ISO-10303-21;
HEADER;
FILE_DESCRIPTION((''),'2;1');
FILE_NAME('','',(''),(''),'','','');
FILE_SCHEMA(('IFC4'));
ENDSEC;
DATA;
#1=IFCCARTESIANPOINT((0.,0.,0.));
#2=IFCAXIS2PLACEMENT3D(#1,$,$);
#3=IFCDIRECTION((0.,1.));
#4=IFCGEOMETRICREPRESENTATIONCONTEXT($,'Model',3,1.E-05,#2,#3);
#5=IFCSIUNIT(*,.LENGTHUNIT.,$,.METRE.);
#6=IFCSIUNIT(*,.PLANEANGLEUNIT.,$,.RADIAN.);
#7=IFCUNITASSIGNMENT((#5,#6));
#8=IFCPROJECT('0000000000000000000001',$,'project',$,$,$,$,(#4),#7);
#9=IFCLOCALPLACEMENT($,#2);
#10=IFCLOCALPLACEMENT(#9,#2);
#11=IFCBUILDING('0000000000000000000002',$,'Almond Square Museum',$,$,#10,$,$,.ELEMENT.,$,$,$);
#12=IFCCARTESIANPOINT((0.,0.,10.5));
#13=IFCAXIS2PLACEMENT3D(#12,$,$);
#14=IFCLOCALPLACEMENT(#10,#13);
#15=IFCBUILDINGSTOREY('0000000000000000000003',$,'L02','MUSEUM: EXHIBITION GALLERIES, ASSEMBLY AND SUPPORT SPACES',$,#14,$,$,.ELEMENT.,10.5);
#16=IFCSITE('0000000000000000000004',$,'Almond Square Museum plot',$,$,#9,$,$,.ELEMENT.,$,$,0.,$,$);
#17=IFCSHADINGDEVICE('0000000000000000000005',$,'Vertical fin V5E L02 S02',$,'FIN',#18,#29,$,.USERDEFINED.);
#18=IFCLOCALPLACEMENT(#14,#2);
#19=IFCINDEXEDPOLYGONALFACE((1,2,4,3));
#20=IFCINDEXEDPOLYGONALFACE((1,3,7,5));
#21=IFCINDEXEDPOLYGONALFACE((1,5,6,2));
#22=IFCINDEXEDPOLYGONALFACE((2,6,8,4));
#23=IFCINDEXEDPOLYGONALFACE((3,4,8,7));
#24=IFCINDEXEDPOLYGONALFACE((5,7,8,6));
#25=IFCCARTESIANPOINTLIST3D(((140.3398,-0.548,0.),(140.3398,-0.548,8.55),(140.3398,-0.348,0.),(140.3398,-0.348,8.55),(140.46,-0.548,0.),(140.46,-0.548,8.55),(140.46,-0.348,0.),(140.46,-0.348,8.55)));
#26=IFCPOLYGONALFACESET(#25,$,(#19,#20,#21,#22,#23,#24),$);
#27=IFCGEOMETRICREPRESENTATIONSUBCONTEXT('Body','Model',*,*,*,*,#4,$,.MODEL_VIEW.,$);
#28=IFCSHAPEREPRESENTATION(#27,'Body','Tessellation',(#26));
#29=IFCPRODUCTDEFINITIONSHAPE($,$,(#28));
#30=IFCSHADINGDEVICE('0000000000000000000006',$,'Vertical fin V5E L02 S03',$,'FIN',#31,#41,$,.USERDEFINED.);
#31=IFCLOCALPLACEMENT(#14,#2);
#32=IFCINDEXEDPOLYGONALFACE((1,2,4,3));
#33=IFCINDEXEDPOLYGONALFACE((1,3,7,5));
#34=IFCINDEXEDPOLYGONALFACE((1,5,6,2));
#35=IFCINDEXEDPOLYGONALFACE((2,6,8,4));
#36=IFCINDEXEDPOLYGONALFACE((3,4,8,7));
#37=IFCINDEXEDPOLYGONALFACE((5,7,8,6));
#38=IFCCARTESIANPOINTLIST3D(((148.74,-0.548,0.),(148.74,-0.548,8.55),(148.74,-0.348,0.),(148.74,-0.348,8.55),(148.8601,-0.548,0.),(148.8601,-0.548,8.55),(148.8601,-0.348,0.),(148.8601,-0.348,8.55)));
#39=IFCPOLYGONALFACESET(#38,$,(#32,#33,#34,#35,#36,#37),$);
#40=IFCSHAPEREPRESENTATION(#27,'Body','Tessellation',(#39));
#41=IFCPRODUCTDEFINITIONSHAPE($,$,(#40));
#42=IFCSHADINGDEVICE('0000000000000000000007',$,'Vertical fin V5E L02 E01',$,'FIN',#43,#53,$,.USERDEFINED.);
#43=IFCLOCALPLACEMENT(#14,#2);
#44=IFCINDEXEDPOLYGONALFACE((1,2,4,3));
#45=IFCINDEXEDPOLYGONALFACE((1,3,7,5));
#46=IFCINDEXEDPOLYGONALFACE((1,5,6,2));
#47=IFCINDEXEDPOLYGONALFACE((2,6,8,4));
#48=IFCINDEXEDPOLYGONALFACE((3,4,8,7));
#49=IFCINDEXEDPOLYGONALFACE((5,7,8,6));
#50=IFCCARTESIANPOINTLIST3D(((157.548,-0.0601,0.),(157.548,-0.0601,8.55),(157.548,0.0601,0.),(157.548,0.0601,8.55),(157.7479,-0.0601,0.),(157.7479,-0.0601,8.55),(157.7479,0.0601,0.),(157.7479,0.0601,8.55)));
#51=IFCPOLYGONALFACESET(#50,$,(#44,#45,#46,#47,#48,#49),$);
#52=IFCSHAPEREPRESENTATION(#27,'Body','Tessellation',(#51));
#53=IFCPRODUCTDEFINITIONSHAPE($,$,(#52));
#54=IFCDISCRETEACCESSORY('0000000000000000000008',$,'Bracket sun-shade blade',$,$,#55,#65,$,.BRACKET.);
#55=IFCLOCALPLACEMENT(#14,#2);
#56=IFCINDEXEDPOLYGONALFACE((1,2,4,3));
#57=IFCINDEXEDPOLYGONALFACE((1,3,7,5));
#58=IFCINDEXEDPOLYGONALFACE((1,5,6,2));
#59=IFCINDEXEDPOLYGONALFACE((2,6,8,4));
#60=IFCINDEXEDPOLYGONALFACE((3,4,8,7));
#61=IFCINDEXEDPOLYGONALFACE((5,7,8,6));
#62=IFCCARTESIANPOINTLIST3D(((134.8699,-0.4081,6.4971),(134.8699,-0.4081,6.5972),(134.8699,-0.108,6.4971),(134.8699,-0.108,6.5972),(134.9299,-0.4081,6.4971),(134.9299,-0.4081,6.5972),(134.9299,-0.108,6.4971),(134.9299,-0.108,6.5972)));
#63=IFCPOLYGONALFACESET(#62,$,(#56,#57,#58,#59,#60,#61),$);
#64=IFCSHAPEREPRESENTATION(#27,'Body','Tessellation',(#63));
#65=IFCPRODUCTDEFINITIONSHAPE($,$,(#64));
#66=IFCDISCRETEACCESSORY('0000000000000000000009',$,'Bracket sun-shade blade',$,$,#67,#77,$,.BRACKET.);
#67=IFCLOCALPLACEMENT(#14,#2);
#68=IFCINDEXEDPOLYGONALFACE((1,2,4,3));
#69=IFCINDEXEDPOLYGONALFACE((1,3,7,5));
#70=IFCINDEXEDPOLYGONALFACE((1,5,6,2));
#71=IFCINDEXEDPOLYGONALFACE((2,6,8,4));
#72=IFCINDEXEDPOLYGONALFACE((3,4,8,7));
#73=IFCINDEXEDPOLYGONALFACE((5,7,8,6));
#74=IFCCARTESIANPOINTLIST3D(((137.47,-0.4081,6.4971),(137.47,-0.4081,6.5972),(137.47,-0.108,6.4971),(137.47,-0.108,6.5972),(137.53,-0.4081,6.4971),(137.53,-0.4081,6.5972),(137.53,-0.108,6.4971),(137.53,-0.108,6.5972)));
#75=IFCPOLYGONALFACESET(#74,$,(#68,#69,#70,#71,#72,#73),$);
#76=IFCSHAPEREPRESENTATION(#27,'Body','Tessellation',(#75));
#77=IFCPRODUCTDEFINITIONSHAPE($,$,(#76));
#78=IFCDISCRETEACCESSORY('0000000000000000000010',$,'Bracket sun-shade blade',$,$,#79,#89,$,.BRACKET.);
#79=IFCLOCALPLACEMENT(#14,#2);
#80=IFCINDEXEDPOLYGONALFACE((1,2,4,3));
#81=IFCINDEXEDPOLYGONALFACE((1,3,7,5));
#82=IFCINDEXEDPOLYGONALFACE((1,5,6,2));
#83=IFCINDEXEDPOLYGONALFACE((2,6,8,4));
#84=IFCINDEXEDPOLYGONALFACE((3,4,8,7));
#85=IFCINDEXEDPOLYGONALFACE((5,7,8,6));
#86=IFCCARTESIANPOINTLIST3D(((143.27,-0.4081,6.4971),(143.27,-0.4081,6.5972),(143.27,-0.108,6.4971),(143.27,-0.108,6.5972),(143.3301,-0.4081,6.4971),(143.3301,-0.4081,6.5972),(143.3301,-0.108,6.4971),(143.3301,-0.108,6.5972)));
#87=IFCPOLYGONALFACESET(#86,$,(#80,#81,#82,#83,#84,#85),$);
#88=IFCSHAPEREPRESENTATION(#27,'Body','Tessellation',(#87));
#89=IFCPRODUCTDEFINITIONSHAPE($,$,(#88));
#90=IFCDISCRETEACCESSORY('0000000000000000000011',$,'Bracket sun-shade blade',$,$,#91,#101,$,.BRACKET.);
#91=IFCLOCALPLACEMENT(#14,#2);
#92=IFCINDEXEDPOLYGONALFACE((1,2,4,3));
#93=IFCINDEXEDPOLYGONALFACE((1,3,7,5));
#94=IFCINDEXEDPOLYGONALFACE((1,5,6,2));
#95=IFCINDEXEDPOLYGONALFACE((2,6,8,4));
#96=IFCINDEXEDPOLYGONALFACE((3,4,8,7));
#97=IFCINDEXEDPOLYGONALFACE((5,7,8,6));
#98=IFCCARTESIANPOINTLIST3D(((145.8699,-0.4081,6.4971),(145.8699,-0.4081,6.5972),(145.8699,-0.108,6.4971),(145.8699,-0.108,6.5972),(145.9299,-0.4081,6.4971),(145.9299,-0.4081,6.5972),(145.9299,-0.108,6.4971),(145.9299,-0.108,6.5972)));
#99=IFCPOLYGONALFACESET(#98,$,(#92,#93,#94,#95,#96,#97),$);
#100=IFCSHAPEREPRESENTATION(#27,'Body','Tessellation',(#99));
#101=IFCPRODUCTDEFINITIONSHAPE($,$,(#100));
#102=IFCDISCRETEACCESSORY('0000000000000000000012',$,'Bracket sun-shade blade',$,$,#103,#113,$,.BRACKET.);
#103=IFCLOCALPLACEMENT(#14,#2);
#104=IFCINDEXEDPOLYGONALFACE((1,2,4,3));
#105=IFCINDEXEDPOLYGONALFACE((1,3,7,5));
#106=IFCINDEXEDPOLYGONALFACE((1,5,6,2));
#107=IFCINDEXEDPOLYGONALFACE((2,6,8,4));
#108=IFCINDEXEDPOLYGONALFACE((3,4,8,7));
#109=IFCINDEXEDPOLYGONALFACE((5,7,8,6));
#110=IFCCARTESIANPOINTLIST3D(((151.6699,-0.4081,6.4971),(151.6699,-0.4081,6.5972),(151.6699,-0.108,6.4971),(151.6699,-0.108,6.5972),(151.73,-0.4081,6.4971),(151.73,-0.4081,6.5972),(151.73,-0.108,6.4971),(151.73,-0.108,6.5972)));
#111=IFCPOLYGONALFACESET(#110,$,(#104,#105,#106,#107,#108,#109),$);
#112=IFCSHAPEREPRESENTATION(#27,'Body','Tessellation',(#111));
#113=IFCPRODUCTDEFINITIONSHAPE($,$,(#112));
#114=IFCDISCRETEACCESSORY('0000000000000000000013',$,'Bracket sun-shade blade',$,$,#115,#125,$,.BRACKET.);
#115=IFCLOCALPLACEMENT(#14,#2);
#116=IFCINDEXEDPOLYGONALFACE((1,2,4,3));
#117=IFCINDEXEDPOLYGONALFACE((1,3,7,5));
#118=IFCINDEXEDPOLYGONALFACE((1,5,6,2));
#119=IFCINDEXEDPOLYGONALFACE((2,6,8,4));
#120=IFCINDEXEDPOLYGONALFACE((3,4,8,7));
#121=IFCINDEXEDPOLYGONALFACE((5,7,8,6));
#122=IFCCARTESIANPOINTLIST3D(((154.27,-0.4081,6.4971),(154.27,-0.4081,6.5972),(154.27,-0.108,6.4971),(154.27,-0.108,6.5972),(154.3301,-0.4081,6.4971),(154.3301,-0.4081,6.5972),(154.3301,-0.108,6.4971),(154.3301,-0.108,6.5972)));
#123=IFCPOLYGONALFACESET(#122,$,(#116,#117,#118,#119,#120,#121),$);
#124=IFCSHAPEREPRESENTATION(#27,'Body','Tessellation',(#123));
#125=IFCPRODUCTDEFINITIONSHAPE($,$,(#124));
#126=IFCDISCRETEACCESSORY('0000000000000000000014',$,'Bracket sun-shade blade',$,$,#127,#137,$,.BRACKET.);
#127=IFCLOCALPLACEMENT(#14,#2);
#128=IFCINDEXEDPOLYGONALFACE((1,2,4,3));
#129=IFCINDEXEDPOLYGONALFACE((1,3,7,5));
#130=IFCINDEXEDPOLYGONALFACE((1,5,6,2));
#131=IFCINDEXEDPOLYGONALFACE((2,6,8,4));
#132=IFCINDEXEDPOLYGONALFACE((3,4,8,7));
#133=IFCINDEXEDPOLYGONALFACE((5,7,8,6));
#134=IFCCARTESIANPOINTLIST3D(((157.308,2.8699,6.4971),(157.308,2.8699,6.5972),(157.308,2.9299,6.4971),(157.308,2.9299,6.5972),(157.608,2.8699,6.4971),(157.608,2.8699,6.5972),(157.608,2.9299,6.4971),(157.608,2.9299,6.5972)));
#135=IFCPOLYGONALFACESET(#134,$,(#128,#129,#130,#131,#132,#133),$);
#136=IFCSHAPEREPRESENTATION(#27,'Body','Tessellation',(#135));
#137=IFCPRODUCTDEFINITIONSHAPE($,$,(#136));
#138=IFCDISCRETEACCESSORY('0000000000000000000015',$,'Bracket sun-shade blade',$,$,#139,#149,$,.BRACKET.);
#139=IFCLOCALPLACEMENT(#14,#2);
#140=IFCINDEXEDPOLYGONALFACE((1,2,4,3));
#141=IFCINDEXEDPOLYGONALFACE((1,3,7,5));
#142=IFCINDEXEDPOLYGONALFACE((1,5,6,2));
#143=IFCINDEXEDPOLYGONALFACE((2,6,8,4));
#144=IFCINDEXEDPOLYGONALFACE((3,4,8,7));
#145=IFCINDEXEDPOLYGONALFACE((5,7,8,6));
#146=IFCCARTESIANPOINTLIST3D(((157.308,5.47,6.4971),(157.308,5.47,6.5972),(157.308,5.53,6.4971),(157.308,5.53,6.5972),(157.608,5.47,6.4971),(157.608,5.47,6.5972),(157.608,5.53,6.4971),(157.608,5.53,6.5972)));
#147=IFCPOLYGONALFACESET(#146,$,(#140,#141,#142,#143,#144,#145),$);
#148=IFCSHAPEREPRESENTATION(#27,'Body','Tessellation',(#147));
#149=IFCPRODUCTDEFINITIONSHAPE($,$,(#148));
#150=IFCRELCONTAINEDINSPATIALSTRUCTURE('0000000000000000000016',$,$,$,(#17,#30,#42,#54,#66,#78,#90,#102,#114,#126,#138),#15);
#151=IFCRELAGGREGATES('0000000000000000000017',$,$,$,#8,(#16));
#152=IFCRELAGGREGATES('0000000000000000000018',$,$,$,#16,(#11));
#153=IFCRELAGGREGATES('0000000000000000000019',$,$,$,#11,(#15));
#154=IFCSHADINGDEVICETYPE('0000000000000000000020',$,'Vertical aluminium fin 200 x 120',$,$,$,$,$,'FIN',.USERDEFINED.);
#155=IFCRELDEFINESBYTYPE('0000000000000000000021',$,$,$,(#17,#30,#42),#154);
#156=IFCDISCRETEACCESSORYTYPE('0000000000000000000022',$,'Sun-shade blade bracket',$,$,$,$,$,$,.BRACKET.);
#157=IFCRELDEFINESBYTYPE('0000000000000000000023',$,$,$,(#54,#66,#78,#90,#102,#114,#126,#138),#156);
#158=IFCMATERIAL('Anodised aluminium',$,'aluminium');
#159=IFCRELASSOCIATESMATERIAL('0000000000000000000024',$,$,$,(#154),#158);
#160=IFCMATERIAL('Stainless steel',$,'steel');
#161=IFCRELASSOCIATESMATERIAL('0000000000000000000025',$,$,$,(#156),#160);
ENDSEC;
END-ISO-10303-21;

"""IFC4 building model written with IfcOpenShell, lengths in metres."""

from ifc_helpers import new_model, si_unit, direction, frame, origin, origin_2d, place, context, subcontext, project, spatial, rectangle, extrude, material, material_profile, profile_set, type_object, element, save


model = new_model("IFC4")

# Units and contexts
model_context = context("Model", 3, precision=1e-05, world=origin(), true_north=direction((0.0, 1.0)))
body_context = subcontext(model_context, "Body", "Model", "MODEL_VIEW")
ifc_project = project(units=[si_unit("LENGTHUNIT", "METRE"), si_unit("PLANEANGLEUNIT", "RADIAN")], contexts=[model_context])

# Site, building, storey
site_placement = place(None, origin())
site = spatial("IfcSite", under=ifc_project, at=site_placement, Name="Almond Square Museum plot", CompositionType="ELEMENT", RefElevation=0.0)
building_placement = place(site_placement, origin())
building = spatial("IfcBuilding", under=site, at=building_placement, Name="Almond Square Museum", CompositionType="ELEMENT")
storey_placement = place(building_placement, frame((0.0, 0.0, 10.5)))
storey = spatial("IfcBuildingStorey", under=building, at=storey_placement, Name="L02", Description="MUSEUM: EXHIBITION GALLERIES, ASSEMBLY AND SUPPORT SPACES", CompositionType="ELEMENT", Elevation=10.5)

# Shading devices
ifc_material_1 = material(Name="Anodised aluminium", Category="aluminium")
ifc_material_profile_1 = material_profile(ifc_material_1, rectangle(XDim=0.2, YDim=0.1201, at=origin_2d()))
ifc_profile_set_1 = profile_set([ifc_material_profile_1], Name="Anodised aluminium")
shading_device_type_1 = type_object("IfcShadingDeviceType", Name="Vertical aluminium fin 200 x 120", ElementType="FIN", PredefinedType="USERDEFINED", material=ifc_profile_set_1)
for number, where, z_axis, x_axis, name in (
    (1, (140.3999, -0.448, 0.0), (0.0, 0.0, 1.0), (0.0, -1.0, 0.0), "Vertical fin V5E L02 S02"),
    (2, (148.8, -0.448, 0.0), (0.0, 0.0, 1.0), (0.0, -1.0, 0.0), "Vertical fin V5E L02 S03"),
    (3, (157.6479, 0.0, 0.0), (0.0, 0.0, 1.0), (1.0, 0.0, 0.0), "Vertical fin V5E L02 E01"),
):
    element("IfcShadingDevice", number, at=place(storey_placement, frame(where, z_axis=z_axis, x_axis=x_axis)), inside=storey, type_object=shading_device_type_1, Name=name, ObjectType="FIN", PredefinedType="USERDEFINED", context=body_context, shape_type="SweptSolid", body=[
        extrude(rectangle(XDim=0.2, YDim=0.1201, at=origin_2d()), origin(), (0.0, 0.0, 1.0), 8.55),
    ])

# Discrete accessories
ifc_material_2 = material(Name="Stainless steel", Category="steel")
discrete_accessory_type = type_object("IfcDiscreteAccessoryType", Name="Sun-shade blade bracket", PredefinedType="BRACKET", material=ifc_material_2)
for number, where, z_axis, x_axis, name in (
    (4, (134.8999, -0.2581, 6.4971), (0.0, 0.0, 1.0), (1.0, 0.0, 0.0), "Bracket sun-shade blade"),
    (5, (137.5, -0.2581, 6.4971), (0.0, 0.0, 1.0), (1.0, 0.0, 0.0), "Bracket sun-shade blade"),
    (6, (143.3, -0.2581, 6.4971), (0.0, 0.0, 1.0), (1.0, 0.0, 0.0), "Bracket sun-shade blade"),
    (7, (145.8999, -0.2581, 6.4971), (0.0, 0.0, 1.0), (1.0, 0.0, 0.0), "Bracket sun-shade blade"),
    (8, (151.7, -0.2581, 6.4971), (0.0, 0.0, 1.0), (1.0, 0.0, 0.0), "Bracket sun-shade blade"),
    (9, (154.3, -0.2581, 6.4971), (0.0, 0.0, 1.0), (1.0, 0.0, 0.0), "Bracket sun-shade blade"),
):
    element("IfcDiscreteAccessory", number, at=place(storey_placement, frame(where, z_axis=z_axis, x_axis=x_axis)), inside=storey, type_object=discrete_accessory_type, Name=name, PredefinedType="BRACKET", context=body_context, shape_type="SweptSolid", body=[
        extrude(rectangle(XDim=0.0601, YDim=0.3, at=origin_2d()), origin(), (0.0, 0.0, 1.0), 0.1001),
    ])
for number, where, z_axis, x_axis, name in (
    (10, (157.458, 2.8999, 6.4971), (0.0, 0.0, 1.0), (1.0, 0.0, 0.0), "Bracket sun-shade blade"),
    (11, (157.458, 5.5, 6.4971), (0.0, 0.0, 1.0), (1.0, 0.0, 0.0), "Bracket sun-shade blade"),
):
    element("IfcDiscreteAccessory", number, at=place(storey_placement, frame(where, z_axis=z_axis, x_axis=x_axis)), inside=storey, type_object=discrete_accessory_type, Name=name, PredefinedType="BRACKET", context=body_context, shape_type="SweptSolid", body=[
        extrude(rectangle(XDim=0.3, YDim=0.0601, at=origin_2d()), origin(), (0.0, 0.0, 1.0), 0.1001),
    ])

save(model, "model.ifc")
